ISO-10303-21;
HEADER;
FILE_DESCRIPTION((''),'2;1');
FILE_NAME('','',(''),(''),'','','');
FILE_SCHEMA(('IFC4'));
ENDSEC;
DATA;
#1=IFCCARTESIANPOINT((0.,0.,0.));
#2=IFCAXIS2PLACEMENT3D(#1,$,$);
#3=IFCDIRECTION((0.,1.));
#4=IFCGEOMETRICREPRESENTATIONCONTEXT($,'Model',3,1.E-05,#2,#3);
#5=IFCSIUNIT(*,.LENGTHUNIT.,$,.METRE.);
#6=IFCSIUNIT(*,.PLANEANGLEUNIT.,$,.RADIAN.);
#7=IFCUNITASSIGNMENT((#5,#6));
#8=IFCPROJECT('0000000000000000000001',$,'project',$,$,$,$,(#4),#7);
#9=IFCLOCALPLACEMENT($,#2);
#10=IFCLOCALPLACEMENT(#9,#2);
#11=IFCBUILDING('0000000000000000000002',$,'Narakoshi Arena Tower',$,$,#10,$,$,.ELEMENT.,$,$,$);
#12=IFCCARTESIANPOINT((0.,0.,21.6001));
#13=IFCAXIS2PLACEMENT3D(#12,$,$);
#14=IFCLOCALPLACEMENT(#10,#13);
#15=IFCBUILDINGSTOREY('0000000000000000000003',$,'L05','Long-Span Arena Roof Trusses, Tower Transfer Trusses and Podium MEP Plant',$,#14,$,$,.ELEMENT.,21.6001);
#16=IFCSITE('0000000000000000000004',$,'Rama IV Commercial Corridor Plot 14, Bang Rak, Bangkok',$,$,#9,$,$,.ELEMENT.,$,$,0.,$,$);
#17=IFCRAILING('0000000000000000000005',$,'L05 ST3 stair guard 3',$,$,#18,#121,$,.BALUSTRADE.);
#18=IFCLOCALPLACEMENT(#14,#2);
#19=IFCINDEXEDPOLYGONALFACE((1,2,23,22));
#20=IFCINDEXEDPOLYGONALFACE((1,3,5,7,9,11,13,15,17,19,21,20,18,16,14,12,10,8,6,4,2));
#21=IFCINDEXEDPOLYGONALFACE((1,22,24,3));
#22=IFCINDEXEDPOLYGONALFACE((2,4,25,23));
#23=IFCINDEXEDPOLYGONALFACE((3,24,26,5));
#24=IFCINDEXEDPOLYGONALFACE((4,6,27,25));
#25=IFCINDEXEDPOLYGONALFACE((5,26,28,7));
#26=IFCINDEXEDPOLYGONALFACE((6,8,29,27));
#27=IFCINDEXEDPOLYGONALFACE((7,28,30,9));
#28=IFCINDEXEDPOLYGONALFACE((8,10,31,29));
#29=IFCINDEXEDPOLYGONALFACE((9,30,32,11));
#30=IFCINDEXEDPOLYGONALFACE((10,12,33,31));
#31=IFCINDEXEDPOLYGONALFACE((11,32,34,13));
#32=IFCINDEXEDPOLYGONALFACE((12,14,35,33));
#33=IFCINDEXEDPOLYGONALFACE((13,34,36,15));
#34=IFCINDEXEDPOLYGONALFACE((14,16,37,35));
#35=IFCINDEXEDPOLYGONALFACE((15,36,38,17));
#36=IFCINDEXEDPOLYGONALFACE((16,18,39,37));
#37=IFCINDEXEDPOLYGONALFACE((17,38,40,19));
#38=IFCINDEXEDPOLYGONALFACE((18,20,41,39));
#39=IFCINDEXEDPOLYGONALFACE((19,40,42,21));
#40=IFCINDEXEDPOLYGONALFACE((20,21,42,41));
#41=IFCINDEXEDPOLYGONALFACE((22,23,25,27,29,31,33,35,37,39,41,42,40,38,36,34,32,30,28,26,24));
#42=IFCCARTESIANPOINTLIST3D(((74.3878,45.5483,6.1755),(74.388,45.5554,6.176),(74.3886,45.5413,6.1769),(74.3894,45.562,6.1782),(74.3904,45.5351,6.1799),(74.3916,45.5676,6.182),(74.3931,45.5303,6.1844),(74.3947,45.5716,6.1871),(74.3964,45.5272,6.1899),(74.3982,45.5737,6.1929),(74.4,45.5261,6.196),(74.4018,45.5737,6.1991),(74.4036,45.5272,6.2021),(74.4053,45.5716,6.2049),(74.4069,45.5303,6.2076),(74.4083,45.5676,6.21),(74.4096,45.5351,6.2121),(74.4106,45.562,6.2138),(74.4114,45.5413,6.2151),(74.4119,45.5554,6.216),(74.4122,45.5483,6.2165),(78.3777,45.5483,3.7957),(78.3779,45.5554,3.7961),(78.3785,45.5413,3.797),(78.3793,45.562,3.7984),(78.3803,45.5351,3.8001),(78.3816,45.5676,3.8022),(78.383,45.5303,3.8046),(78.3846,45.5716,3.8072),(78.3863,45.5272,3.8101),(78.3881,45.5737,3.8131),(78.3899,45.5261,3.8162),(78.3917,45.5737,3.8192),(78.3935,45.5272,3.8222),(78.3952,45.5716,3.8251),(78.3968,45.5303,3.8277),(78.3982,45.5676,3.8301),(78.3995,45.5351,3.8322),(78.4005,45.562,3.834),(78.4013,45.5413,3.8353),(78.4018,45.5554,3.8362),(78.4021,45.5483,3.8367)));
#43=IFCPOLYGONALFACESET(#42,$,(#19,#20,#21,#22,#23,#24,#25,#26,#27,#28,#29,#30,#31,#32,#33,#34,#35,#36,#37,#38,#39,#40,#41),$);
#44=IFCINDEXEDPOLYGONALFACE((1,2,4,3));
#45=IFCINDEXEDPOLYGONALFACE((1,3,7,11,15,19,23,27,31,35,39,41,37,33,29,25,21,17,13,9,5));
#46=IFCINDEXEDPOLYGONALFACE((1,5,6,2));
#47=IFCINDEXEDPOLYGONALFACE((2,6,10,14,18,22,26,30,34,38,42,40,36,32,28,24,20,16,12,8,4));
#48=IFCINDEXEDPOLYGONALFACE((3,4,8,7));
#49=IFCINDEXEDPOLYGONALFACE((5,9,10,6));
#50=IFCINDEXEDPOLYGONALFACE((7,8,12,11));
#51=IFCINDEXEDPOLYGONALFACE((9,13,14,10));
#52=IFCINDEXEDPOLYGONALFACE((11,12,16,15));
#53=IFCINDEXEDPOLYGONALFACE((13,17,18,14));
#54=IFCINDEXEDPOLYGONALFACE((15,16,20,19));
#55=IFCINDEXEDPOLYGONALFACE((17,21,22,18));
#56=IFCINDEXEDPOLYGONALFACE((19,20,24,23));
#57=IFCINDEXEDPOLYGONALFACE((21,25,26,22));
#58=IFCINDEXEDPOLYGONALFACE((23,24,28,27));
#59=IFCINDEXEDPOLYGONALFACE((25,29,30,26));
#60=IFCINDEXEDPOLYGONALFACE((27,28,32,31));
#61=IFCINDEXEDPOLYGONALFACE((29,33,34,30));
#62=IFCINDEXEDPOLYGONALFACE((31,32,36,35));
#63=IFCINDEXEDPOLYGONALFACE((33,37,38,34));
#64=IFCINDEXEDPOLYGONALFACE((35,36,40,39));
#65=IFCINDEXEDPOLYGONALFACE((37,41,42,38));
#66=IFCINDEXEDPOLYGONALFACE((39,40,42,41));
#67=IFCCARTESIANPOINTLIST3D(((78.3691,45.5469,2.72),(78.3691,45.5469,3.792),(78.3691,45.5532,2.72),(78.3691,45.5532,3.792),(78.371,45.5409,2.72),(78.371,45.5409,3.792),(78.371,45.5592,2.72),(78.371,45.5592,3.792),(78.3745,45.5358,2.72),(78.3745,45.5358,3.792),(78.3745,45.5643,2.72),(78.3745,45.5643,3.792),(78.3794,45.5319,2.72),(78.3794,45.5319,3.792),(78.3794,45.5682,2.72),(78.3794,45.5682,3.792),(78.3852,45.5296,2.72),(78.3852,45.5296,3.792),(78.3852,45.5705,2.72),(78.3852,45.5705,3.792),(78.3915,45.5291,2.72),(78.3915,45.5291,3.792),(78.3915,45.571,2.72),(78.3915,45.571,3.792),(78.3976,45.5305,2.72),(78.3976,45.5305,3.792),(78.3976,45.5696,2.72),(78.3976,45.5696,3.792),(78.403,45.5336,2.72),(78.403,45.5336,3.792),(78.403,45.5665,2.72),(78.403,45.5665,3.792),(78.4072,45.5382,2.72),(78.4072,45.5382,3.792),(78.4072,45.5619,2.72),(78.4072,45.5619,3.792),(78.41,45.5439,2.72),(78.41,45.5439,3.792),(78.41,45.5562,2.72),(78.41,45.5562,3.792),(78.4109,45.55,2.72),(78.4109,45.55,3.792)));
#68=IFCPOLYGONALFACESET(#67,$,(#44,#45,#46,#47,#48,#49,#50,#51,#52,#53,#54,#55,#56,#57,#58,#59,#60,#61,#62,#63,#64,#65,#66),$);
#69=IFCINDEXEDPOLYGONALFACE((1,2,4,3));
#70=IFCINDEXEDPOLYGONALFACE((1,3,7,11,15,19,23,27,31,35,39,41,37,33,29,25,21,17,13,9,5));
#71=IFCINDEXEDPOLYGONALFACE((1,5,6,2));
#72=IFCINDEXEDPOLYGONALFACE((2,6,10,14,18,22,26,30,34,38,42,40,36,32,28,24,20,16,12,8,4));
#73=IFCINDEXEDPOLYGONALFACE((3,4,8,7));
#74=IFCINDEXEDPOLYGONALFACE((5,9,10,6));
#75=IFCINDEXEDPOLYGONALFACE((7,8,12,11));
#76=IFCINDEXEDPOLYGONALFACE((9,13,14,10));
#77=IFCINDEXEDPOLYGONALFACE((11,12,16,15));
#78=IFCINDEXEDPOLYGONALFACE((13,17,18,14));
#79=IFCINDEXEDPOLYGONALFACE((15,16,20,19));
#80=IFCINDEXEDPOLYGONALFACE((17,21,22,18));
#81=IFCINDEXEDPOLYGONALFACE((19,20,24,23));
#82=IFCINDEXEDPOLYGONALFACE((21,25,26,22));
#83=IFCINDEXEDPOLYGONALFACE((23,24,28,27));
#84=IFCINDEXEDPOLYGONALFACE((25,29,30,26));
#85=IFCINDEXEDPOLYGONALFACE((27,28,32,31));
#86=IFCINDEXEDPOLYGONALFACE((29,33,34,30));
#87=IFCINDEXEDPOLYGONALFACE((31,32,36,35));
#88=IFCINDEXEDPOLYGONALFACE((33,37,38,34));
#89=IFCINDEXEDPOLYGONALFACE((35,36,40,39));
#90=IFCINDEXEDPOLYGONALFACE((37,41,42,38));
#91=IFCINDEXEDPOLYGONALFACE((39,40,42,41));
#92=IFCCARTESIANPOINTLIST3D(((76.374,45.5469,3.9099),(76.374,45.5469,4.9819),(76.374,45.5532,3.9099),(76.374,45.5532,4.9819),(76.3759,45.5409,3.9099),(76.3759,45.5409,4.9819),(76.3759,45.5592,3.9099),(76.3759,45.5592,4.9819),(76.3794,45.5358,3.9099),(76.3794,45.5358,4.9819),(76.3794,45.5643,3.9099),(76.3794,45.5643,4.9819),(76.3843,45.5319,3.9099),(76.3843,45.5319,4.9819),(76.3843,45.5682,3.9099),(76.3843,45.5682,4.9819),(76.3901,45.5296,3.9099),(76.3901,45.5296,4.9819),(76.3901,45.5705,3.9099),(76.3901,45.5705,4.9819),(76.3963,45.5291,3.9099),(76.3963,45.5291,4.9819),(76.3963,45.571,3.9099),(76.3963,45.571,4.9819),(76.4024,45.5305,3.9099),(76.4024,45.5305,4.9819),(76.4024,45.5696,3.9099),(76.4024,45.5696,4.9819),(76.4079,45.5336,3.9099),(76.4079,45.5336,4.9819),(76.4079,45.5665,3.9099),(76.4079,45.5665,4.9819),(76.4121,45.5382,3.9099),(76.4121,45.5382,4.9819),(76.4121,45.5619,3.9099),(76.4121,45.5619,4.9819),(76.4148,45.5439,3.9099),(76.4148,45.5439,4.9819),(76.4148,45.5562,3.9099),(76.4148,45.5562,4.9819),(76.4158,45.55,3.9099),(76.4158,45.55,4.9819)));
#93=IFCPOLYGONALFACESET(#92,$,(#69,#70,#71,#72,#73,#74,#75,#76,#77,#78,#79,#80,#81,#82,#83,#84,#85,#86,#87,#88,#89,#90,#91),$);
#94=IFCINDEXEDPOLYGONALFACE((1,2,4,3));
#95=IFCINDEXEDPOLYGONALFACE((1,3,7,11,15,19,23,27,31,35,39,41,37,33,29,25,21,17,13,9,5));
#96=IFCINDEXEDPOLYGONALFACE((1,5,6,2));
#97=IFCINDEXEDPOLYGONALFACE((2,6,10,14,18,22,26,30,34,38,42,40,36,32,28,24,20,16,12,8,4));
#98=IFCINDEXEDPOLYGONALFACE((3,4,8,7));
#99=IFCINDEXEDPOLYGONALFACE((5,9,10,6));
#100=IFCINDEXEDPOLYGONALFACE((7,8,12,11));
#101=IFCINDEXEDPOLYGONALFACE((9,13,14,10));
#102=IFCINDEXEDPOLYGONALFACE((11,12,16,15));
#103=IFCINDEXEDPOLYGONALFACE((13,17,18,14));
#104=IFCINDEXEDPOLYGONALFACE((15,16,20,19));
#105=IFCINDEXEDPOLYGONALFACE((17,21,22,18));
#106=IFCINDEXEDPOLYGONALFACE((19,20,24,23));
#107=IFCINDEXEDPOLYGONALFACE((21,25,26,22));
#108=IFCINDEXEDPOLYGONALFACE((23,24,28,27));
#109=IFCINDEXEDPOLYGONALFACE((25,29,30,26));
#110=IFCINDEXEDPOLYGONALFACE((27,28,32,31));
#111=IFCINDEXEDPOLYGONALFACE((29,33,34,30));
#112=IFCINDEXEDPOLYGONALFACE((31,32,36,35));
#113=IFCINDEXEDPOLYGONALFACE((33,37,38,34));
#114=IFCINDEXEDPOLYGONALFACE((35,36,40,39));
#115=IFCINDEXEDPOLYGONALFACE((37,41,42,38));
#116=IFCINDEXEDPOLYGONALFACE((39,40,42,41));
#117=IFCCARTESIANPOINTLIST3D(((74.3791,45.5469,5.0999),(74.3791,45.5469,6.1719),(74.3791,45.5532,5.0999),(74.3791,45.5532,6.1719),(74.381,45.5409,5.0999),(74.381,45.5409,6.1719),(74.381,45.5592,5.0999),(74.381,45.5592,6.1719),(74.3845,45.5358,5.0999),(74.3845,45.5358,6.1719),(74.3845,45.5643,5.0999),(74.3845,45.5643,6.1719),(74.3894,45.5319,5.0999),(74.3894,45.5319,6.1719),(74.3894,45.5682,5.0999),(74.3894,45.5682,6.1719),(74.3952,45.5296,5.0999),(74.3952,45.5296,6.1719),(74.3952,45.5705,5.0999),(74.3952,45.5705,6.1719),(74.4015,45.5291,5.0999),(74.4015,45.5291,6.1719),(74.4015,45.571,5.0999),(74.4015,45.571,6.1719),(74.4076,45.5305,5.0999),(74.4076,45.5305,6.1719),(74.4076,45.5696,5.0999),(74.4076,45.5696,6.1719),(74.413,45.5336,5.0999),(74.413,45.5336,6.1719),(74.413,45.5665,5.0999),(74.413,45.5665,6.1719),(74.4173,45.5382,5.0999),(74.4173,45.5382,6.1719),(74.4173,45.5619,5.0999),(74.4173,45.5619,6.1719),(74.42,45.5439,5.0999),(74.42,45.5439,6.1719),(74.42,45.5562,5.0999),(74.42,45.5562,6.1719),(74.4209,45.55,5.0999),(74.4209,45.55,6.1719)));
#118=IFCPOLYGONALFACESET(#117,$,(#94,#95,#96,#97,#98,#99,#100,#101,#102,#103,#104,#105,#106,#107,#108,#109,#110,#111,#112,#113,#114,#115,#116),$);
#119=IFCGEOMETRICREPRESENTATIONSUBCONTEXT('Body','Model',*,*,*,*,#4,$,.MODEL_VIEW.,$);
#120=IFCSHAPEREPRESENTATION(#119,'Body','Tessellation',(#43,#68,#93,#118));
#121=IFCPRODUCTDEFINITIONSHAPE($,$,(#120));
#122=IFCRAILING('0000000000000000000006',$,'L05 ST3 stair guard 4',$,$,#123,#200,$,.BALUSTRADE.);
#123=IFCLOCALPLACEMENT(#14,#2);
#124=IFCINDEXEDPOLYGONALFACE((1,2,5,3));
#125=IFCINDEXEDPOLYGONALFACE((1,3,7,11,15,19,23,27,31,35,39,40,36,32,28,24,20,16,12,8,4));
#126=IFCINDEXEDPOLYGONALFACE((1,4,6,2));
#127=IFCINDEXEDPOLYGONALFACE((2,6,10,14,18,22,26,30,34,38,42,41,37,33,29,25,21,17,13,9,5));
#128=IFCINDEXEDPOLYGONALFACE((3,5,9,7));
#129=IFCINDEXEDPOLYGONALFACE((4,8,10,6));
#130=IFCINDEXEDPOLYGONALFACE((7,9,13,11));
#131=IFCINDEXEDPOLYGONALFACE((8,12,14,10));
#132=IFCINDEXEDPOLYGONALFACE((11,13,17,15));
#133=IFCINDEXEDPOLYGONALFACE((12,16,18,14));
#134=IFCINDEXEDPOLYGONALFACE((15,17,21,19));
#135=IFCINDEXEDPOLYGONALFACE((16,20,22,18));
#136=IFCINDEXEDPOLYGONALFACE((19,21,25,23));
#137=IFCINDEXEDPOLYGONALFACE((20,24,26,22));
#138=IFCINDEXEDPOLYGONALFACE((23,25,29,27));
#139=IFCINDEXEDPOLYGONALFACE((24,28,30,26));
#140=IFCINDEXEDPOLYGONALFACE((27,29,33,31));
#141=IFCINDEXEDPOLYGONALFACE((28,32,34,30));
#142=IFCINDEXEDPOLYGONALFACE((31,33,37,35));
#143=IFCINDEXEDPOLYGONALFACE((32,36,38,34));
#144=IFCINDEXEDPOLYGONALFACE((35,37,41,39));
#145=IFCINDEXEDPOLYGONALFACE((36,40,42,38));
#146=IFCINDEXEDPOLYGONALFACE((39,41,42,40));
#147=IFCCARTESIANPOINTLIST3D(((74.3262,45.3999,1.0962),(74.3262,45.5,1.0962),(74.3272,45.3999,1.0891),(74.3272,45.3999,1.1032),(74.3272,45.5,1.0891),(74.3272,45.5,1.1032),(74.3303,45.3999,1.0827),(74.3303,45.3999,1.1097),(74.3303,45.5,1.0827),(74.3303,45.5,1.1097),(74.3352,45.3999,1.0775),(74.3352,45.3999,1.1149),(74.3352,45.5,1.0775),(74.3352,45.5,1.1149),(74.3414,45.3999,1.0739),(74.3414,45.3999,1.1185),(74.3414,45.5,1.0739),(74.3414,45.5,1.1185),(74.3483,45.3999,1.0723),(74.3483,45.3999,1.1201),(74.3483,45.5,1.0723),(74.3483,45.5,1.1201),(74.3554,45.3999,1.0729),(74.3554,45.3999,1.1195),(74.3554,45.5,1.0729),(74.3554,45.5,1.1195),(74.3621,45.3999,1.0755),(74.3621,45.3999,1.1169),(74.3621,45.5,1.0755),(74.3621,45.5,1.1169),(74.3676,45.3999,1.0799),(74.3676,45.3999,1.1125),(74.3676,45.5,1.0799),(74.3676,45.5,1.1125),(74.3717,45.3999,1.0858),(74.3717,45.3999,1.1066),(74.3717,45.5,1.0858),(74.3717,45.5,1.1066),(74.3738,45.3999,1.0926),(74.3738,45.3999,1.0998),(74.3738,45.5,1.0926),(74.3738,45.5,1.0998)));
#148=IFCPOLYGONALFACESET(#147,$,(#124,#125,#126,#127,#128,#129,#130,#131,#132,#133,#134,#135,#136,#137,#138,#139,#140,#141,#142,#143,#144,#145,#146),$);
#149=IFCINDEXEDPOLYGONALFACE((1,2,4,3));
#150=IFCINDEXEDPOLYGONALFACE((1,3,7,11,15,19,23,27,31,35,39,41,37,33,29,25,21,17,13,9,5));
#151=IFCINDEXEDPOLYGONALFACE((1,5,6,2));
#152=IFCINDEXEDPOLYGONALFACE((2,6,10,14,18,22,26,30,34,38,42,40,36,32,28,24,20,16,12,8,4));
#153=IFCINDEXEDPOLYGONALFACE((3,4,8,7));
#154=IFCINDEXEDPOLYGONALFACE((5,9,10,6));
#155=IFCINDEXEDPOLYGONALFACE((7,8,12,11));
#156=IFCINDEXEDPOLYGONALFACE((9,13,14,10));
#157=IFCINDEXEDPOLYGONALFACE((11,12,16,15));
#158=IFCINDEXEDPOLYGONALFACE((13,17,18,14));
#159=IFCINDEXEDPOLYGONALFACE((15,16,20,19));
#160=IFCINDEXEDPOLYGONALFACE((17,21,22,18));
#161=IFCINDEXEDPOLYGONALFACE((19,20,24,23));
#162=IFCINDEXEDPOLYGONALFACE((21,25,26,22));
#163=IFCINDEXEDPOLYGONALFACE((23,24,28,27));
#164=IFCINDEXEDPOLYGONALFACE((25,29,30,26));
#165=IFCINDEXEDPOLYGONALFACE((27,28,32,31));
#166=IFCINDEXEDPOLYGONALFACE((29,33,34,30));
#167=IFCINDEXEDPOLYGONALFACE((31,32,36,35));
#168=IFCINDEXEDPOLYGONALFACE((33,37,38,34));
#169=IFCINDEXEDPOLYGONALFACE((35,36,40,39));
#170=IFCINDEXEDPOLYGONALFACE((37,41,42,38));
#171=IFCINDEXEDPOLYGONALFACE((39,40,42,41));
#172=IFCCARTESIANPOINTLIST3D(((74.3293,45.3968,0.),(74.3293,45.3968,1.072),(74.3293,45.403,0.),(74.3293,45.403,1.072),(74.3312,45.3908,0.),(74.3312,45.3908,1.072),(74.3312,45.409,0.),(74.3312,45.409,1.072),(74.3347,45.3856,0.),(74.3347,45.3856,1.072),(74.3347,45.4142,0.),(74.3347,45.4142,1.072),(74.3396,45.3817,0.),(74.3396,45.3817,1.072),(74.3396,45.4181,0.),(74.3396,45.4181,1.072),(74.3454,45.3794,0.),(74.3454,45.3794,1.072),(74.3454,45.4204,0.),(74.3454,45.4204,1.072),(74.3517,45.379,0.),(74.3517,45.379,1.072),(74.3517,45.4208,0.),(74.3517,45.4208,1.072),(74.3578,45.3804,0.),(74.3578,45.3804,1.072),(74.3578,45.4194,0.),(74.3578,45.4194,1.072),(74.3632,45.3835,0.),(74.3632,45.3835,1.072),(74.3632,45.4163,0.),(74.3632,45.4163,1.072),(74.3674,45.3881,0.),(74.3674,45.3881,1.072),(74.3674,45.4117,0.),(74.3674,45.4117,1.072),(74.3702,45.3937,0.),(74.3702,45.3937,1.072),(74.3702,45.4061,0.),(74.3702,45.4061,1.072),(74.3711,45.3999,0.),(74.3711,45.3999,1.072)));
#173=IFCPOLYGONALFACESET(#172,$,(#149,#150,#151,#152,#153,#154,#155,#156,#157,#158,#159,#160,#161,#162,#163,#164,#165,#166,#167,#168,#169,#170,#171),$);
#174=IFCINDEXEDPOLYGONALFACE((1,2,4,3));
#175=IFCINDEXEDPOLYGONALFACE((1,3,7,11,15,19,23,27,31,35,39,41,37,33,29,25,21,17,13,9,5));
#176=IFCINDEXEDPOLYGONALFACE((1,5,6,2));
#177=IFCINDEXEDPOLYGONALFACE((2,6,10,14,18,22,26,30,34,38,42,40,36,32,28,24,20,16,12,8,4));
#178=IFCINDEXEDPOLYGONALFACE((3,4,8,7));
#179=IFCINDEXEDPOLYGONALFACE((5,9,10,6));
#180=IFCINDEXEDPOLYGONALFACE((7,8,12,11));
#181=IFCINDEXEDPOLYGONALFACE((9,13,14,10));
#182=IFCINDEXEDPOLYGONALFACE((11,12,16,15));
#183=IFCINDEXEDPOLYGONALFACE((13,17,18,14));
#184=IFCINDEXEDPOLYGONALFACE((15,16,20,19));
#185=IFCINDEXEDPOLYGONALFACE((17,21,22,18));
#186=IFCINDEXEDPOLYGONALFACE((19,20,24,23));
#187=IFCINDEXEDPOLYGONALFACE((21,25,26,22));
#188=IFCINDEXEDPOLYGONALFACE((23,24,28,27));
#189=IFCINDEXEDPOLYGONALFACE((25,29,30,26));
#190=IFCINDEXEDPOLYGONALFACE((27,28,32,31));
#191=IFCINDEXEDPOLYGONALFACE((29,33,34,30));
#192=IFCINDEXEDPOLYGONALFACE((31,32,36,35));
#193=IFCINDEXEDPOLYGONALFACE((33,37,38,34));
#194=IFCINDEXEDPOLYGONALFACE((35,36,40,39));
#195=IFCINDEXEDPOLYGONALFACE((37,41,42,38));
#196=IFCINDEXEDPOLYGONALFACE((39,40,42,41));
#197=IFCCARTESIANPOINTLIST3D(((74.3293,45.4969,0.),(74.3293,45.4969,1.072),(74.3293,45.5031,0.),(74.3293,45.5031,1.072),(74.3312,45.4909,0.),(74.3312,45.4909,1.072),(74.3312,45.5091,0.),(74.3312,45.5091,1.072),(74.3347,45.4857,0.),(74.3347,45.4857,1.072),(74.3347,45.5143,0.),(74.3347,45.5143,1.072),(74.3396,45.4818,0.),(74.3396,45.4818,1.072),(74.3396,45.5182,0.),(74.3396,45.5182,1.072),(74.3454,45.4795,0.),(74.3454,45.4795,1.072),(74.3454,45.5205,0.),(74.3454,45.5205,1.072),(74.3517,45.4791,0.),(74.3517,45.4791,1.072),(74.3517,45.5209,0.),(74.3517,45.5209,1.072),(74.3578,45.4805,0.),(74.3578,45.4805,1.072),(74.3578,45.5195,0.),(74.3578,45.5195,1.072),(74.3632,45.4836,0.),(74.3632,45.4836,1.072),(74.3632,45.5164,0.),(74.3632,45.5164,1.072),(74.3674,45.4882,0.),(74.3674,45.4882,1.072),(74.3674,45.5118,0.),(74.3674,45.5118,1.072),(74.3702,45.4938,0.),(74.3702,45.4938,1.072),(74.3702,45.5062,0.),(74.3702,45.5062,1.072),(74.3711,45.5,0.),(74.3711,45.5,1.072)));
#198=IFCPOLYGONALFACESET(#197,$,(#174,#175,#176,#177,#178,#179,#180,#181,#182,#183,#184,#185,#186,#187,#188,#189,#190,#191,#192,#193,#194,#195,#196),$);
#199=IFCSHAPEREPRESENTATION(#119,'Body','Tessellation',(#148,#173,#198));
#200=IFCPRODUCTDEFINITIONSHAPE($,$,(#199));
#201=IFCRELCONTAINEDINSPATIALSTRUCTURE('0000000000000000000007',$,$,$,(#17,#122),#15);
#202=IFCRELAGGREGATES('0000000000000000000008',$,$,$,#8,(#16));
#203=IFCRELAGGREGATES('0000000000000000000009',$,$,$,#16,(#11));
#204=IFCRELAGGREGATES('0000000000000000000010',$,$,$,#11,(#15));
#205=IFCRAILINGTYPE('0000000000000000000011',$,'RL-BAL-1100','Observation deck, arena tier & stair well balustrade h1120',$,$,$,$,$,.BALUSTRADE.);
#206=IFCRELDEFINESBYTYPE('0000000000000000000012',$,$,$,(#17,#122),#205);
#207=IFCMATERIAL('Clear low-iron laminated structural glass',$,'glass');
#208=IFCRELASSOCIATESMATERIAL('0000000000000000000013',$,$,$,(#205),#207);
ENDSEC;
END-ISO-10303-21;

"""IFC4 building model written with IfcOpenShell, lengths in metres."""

from ifc_helpers import new_model, si_unit, direction, frame, origin, origin_2d, place, context, subcontext, project, spatial, circle, extrude, material, type_object, element, save


model = new_model("IFC4")

# Units and contexts
model_context = context("Model", 3, precision=1e-05, world=origin(), true_north=direction((0.0, 1.0)))
body_context = subcontext(model_context, "Body", "Model", "MODEL_VIEW")
ifc_project = project(units=[si_unit("LENGTHUNIT", "METRE"), si_unit("PLANEANGLEUNIT", "RADIAN")], contexts=[model_context])

# Site, building, storey
site_placement = place(None, origin())
site = spatial("IfcSite", under=ifc_project, at=site_placement, Name="Rama IV Commercial Corridor Plot 14, Bang Rak, Bangkok", CompositionType="ELEMENT", RefElevation=0.0)
building_placement = place(site_placement, origin())
building = spatial("IfcBuilding", under=site, at=building_placement, Name="Narakoshi Arena Tower", CompositionType="ELEMENT")
storey_placement = place(building_placement, frame((0.0, 0.0, 21.6001)))
storey = spatial("IfcBuildingStorey", under=building, at=storey_placement, Name="L05", Description="Long-Span Arena Roof Trusses, Tower Transfer Trusses and Podium MEP Plant", CompositionType="ELEMENT", Elevation=21.6001)

# Railings
ifc_material_1 = material(Name="Clear low-iron laminated structural glass", Category="glass")
railing_type_1 = type_object("IfcRailingType", Name="RL-BAL-1100", Description="Observation deck, arena tier & stair well balustrade h1120", PredefinedType="BALUSTRADE", material=ifc_material_1)
railing_1_placement = place(storey_placement, frame((78.3899, 45.55, 2.72)))
element("IfcRailing", 1, at=railing_1_placement, inside=storey, type_object=railing_type_1, Name="L05 ST3 stair guard 3", PredefinedType="BALUSTRADE", context=body_context, shape_type="SweptSolid", body=[
    extrude(circle(Radius=0.0239, at=origin_2d()), frame((0.0, 0.0, 1.0962), z_axis=(-0.85883, 0.0, 0.512261), x_axis=(0.0, -1.0, 0.0)), (0.0, 0.0, 1.0), 4.6458),
    extrude(circle(Radius=0.021, at=origin_2d()), origin(), (0.0, 0.0, 1.0), 1.072),
    extrude(circle(Radius=0.021, at=origin_2d()), frame((-1.9951, 0.0, 1.1899)), (0.0, 0.0, 1.0), 1.072),
    extrude(circle(Radius=0.021, at=origin_2d()), frame((-3.99, 0.0, 2.3799)), (0.0, 0.0, 1.0), 1.072),
])
railing_2_placement = place(storey_placement, frame((74.3501, 45.3999, 0.0)))
element("IfcRailing", 2, at=railing_2_placement, inside=storey, type_object=railing_type_1, Name="L05 ST3 stair guard 4", PredefinedType="BALUSTRADE", context=body_context, shape_type="SweptSolid", body=[
    extrude(circle(Radius=0.0239, at=origin_2d()), frame((0.0, 0.0, 1.0962), z_axis=(0.0, 1.0, 0.0), x_axis=(-1.0, 0.0, 0.0)), (0.0, 0.0, 1.0), 0.1001),
    extrude(circle(Radius=0.021, at=origin_2d()), origin(), (0.0, 0.0, 1.0), 1.072),
    extrude(circle(Radius=0.021, at=origin_2d()), frame((0.0, 0.1001, 0.0)), (0.0, 0.0, 1.0), 1.072),
])

save(model, "model.ifc")
